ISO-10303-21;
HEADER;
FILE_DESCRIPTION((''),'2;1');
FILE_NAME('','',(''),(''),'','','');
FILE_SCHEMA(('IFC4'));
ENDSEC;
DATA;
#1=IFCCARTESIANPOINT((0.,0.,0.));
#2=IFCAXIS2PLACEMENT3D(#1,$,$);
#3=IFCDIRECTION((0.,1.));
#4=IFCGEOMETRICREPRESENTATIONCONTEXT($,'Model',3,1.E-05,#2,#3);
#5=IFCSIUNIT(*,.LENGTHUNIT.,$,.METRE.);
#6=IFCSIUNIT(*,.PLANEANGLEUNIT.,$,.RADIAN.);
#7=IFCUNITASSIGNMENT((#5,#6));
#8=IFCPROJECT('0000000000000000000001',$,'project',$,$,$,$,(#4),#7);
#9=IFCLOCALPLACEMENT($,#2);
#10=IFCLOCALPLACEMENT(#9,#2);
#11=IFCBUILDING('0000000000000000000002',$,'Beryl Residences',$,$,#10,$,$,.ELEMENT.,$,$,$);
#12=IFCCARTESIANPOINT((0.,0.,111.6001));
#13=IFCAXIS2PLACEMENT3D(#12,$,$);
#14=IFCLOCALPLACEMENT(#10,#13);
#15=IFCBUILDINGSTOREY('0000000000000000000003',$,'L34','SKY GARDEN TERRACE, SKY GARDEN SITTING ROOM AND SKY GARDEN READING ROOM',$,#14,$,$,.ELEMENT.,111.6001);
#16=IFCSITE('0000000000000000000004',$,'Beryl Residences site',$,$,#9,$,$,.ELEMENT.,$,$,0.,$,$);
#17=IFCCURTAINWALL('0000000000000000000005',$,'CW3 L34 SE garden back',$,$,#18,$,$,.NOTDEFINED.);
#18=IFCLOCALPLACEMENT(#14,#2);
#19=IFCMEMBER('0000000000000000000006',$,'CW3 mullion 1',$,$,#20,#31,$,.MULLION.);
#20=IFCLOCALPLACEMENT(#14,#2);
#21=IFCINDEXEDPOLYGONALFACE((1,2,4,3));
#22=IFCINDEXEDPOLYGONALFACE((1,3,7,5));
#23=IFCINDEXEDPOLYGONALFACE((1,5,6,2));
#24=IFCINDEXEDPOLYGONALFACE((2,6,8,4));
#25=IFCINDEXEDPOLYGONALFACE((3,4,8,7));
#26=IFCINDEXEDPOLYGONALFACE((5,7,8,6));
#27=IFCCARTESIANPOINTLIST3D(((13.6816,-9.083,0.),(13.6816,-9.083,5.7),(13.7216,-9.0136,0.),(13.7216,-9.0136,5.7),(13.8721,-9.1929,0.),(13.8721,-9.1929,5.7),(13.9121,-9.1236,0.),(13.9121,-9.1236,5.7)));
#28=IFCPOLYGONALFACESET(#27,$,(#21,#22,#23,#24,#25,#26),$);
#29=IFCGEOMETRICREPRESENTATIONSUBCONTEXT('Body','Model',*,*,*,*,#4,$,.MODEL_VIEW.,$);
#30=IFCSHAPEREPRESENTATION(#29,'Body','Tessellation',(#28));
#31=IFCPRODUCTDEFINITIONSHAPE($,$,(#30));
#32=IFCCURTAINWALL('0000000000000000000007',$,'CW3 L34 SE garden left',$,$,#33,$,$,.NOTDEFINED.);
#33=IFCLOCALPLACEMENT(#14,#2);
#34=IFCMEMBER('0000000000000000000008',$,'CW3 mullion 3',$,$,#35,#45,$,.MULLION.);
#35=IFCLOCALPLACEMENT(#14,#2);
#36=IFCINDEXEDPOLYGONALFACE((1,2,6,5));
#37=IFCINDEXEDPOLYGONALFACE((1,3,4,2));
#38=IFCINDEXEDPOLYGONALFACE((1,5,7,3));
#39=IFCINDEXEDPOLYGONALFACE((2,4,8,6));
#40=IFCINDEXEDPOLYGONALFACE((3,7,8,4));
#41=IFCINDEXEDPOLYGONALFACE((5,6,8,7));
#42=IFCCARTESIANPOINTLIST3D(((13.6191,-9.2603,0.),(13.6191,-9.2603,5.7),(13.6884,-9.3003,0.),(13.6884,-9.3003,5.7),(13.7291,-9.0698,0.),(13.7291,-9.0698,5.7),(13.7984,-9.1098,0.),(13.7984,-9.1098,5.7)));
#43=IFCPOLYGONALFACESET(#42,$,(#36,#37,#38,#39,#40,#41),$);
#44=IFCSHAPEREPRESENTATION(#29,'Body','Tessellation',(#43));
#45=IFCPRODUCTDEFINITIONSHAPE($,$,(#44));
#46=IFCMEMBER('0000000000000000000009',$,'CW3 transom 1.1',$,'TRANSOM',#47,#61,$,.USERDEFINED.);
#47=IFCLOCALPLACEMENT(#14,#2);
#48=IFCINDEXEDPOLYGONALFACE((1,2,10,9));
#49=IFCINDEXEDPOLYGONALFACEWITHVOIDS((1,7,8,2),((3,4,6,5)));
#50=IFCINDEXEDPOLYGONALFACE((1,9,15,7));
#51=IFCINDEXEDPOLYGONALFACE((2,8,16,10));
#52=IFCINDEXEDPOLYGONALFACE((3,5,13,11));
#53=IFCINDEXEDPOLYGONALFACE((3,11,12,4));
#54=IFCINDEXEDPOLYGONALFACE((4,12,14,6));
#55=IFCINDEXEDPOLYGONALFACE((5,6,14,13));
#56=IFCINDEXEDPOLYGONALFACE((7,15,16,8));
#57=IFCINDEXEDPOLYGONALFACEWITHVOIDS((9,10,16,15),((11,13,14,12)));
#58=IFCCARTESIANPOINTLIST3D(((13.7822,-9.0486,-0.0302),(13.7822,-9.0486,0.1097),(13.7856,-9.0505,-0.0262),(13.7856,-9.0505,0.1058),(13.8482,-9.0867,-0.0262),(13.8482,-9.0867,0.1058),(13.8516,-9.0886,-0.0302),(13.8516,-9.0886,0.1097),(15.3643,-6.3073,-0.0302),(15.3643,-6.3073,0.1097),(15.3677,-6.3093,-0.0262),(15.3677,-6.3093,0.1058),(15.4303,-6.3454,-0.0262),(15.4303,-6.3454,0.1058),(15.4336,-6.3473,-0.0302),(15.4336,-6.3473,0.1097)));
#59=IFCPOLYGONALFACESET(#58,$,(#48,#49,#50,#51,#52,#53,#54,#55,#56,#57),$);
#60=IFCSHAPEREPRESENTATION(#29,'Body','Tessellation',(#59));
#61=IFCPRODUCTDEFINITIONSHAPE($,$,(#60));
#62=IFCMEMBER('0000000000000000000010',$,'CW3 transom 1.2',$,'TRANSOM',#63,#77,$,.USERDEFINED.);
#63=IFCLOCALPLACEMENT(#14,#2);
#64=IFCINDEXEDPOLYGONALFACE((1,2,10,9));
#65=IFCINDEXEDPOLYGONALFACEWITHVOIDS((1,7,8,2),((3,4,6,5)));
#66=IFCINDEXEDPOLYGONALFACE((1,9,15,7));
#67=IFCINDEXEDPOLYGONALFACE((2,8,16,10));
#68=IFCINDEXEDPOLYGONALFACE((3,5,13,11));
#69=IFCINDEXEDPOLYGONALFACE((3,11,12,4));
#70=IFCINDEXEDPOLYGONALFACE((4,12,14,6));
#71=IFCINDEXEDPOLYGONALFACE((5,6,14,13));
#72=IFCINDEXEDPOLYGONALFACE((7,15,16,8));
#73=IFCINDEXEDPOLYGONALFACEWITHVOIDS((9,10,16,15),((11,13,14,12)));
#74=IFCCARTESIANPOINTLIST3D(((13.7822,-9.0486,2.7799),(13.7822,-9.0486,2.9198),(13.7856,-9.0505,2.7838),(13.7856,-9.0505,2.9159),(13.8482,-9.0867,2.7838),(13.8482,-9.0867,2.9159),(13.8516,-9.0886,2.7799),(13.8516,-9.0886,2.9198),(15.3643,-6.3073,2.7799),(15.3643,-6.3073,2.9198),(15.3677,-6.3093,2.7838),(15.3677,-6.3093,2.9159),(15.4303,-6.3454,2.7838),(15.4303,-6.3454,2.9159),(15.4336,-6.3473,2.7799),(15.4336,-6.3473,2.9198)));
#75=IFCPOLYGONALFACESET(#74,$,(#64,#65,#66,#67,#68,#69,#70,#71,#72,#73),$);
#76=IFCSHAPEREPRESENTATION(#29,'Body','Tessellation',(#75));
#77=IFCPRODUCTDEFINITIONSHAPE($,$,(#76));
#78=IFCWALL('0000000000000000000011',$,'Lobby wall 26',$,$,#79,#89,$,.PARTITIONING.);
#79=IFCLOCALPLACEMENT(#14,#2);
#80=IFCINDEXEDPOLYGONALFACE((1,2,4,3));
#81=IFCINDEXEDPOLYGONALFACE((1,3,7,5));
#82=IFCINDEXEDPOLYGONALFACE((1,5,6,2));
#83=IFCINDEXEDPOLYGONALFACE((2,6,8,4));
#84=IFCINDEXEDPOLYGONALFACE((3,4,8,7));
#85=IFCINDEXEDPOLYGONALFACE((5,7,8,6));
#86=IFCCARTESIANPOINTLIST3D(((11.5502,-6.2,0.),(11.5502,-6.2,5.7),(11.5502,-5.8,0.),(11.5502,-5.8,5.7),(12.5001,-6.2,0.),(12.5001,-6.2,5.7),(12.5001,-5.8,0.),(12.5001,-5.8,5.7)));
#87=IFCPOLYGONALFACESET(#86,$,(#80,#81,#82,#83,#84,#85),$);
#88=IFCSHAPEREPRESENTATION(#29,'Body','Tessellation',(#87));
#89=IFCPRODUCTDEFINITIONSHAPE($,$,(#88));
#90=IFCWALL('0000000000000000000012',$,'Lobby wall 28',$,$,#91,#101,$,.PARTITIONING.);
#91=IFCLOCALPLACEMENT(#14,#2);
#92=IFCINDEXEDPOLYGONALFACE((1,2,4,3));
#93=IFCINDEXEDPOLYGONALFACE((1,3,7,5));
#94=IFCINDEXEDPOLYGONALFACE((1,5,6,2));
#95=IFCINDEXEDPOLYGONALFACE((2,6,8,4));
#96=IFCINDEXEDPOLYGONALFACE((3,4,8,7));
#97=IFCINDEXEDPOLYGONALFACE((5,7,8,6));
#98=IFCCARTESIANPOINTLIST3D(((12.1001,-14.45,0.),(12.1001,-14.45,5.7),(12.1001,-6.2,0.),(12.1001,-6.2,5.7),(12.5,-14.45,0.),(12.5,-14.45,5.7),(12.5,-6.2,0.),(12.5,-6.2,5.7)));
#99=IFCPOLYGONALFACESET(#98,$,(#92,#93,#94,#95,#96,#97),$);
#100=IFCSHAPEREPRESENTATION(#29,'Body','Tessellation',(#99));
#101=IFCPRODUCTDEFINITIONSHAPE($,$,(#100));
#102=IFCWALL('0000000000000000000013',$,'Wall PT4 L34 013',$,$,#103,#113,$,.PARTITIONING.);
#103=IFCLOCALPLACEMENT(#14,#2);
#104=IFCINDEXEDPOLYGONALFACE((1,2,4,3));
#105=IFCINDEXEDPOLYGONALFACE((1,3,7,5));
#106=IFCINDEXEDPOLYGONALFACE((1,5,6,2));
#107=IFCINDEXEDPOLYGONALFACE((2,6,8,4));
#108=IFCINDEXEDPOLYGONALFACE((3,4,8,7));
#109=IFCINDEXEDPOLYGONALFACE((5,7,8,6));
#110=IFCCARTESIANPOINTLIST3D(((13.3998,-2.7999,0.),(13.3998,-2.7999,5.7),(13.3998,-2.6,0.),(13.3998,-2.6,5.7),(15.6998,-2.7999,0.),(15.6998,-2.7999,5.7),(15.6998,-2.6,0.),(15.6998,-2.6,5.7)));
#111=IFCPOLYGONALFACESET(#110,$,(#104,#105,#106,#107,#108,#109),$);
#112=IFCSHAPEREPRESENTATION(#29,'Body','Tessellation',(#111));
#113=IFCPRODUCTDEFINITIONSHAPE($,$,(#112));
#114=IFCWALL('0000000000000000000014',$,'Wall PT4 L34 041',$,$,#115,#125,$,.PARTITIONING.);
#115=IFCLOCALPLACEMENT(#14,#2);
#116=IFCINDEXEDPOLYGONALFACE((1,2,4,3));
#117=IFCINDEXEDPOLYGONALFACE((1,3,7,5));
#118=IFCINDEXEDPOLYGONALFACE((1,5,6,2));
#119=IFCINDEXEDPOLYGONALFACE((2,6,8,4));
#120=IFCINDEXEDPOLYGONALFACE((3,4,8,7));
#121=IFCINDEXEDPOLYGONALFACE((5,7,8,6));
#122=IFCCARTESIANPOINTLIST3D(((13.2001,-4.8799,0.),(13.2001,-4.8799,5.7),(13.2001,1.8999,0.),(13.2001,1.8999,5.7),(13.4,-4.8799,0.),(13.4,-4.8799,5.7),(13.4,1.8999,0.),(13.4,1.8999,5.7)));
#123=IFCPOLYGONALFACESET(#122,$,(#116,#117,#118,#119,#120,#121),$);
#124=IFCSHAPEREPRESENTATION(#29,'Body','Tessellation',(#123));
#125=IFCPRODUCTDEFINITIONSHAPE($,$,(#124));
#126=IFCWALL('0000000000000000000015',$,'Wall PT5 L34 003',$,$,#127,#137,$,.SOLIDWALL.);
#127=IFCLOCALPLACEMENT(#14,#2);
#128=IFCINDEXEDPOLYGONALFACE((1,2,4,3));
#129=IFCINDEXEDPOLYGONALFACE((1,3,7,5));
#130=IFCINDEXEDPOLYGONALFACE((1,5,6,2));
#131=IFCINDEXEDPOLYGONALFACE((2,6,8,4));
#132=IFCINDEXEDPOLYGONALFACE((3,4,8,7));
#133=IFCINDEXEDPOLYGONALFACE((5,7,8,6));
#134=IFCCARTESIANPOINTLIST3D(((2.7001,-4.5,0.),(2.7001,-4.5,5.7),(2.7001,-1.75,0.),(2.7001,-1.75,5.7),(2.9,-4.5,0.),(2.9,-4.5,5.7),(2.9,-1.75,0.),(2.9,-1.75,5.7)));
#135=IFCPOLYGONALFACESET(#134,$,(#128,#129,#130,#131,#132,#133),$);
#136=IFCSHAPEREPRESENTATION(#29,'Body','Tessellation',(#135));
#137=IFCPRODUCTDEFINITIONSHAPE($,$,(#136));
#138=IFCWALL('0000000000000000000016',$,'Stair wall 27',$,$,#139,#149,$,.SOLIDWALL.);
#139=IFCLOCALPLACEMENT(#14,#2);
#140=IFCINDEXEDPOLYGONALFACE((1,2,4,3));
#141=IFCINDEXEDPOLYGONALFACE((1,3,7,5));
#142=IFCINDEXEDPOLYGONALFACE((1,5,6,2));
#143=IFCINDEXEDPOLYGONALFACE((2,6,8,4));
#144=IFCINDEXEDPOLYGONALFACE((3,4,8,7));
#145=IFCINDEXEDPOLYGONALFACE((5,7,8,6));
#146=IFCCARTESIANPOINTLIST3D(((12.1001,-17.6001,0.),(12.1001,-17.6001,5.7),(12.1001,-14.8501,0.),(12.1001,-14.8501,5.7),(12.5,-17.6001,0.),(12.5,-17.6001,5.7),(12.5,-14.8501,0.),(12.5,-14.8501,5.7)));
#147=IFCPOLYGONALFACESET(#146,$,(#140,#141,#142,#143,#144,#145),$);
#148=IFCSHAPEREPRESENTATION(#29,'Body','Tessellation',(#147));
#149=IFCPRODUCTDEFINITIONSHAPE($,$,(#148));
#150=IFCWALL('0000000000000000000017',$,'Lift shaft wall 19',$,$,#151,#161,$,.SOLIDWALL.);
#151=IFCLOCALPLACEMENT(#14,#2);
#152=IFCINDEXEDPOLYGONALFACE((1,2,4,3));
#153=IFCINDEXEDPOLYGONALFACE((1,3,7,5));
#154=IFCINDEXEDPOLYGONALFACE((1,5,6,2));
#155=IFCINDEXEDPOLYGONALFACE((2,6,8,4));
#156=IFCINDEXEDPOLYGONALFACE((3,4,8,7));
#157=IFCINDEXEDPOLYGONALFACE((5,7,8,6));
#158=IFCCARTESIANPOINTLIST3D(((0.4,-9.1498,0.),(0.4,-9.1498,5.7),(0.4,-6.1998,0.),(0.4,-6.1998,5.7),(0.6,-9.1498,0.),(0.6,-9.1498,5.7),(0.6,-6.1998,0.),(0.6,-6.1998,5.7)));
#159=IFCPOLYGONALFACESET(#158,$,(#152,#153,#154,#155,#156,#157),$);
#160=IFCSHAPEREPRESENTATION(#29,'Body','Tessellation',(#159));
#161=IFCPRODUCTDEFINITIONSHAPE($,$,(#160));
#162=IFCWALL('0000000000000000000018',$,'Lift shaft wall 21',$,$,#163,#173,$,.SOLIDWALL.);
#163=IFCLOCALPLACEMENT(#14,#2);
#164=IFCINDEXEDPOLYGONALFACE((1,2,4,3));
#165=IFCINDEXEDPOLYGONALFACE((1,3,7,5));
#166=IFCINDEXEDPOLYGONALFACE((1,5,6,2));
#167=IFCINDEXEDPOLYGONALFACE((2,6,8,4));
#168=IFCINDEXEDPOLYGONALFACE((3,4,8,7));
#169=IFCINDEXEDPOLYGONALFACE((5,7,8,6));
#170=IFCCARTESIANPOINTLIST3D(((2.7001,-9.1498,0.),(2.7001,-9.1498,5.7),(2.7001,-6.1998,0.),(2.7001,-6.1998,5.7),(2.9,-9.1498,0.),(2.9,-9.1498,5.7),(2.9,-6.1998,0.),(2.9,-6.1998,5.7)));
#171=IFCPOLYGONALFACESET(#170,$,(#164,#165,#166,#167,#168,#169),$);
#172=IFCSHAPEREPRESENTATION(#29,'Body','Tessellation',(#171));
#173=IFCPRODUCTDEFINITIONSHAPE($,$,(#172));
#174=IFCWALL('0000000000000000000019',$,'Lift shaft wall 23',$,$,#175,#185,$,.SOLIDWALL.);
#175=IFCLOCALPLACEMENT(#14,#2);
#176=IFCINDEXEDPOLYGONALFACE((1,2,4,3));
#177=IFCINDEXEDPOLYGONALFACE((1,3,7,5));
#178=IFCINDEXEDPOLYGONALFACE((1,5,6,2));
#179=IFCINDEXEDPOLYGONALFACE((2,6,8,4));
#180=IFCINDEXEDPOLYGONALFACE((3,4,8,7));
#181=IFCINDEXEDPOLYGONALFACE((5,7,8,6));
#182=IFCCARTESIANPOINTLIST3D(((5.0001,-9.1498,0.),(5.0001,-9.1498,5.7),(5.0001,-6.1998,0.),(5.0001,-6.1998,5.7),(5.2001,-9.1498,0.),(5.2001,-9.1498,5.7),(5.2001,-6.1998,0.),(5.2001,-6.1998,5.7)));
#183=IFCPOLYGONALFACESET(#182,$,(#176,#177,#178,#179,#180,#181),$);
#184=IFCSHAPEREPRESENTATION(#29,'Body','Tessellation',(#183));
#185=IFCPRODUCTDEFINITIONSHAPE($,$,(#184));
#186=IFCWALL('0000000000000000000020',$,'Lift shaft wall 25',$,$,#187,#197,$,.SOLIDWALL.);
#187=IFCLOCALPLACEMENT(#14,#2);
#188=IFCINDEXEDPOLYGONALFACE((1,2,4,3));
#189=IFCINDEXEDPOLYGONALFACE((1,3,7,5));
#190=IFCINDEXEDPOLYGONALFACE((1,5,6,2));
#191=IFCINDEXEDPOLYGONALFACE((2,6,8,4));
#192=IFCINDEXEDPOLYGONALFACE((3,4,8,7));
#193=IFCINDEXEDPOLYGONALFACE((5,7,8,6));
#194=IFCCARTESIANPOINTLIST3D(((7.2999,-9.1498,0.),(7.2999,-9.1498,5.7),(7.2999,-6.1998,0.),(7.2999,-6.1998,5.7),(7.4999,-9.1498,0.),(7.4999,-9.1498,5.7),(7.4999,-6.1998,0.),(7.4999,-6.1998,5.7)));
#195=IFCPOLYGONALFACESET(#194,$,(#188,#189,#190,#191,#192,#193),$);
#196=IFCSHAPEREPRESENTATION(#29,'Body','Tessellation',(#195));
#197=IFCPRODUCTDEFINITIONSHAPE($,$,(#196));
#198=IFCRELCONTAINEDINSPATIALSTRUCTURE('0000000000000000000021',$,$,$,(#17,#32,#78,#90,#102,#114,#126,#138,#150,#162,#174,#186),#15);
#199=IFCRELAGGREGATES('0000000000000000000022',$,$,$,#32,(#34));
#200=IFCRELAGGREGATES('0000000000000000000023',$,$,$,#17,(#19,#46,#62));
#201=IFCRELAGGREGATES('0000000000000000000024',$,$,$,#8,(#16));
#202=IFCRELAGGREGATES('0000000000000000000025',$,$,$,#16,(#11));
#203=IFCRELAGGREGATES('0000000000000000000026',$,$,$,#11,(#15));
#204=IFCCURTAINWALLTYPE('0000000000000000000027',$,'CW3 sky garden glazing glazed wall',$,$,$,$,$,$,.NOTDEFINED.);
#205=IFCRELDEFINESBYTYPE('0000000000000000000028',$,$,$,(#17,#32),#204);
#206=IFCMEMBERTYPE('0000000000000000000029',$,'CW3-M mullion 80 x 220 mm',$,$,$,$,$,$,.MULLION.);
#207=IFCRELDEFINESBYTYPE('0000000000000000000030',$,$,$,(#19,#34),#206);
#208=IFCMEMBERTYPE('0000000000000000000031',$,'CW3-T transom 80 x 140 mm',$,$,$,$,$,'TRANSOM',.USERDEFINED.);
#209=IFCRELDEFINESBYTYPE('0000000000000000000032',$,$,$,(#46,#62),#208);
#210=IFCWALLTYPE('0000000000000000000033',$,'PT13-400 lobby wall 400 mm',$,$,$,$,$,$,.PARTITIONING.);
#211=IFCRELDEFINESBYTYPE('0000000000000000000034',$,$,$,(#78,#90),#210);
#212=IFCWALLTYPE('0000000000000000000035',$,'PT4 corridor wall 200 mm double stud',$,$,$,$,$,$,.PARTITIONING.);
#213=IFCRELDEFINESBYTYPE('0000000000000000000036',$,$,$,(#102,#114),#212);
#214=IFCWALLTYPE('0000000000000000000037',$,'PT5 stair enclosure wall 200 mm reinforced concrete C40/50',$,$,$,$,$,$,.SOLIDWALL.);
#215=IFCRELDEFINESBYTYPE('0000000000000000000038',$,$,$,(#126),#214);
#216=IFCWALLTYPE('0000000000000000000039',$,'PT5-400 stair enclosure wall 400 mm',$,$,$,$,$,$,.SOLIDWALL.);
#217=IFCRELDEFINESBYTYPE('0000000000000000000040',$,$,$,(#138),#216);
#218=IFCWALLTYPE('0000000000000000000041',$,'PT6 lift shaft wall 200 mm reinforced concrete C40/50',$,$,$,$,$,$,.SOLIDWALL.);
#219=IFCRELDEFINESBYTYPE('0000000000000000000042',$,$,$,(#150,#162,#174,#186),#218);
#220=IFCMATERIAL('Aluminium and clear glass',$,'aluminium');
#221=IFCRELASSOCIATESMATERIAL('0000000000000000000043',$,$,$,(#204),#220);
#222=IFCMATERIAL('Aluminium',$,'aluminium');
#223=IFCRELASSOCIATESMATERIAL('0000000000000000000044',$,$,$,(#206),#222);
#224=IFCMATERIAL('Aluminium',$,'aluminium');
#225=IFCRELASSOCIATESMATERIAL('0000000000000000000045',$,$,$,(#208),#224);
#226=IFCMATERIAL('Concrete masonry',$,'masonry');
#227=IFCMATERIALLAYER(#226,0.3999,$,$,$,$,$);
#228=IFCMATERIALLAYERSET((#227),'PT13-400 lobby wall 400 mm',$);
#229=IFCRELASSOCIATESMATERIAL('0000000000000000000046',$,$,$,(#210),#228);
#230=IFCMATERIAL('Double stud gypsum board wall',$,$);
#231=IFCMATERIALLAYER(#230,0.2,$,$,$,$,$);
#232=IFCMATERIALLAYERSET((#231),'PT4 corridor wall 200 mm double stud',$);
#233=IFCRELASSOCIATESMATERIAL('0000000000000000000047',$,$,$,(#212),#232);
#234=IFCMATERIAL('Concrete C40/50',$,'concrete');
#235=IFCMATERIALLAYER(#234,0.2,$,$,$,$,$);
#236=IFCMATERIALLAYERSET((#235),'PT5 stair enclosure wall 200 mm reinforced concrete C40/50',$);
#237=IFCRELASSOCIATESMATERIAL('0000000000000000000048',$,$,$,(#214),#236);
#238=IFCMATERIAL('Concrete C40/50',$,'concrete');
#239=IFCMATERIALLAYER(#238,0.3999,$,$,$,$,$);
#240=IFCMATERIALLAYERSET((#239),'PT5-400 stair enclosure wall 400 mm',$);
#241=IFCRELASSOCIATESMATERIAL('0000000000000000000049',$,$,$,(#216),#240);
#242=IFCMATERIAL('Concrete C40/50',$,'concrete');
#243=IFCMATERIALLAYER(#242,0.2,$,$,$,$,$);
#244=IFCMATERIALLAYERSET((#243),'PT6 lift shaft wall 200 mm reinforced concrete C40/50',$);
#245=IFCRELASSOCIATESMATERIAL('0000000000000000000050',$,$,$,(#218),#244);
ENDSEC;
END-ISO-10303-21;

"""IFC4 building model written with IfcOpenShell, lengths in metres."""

from ifc_helpers import new_model, si_unit, direction, frame, frame_2d, origin, origin_2d, place, context, subcontext, project, spatial, rectangle, hollow_rectangle, extrude, material, layer, layer_set, material_profile, profile_set, type_object, element, aggregate, save


model = new_model("IFC4")

# Units and contexts
model_context = context("Model", 3, precision=1e-05, world=origin(), true_north=direction((0.0, 1.0)))
body_context = subcontext(model_context, "Body", "Model", "MODEL_VIEW")
ifc_project = project(units=[si_unit("LENGTHUNIT", "METRE"), si_unit("PLANEANGLEUNIT", "RADIAN")], contexts=[model_context])

# Site, building, storey
site_placement = place(None, origin())
site = spatial("IfcSite", under=ifc_project, at=site_placement, Name="Beryl Residences site", CompositionType="ELEMENT", RefElevation=0.0)
building_placement = place(site_placement, origin())
building = spatial("IfcBuilding", under=site, at=building_placement, Name="Beryl Residences", CompositionType="ELEMENT")
storey_placement = place(building_placement, frame((0.0, 0.0, 111.6001)))
storey = spatial("IfcBuildingStorey", under=building, at=storey_placement, Name="L34", Description="SKY GARDEN TERRACE, SKY GARDEN SITTING ROOM AND SKY GARDEN READING ROOM", CompositionType="ELEMENT", Elevation=111.6001)

# Curtain walls, members
ifc_material_1 = material(Name="Aluminium and clear glass", Category="aluminium")
curtain_wall_type = type_object("IfcCurtainWallType", Name="CW3 sky garden glazing glazed wall", PredefinedType="NOTDEFINED", material=ifc_material_1)
curtain_wall_1_placement = place(storey_placement, origin())
curtain_wall_1 = element("IfcCurtainWall", 1, at=curtain_wall_1_placement, inside=storey, type_object=curtain_wall_type, Name="CW3 L34 SE garden back", PredefinedType="NOTDEFINED")
ifc_material_2 = material(Name="Aluminium", Category="aluminium")
ifc_material_profile_1 = material_profile(ifc_material_2, rectangle(XDim=0.0801, YDim=0.22, at=origin_2d()))
ifc_profile_set_1 = profile_set([ifc_material_profile_1], Name="Aluminium")
member_type_1 = type_object("IfcMemberType", Name="CW3-M mullion 80 x 220 mm", PredefinedType="MULLION", material=ifc_profile_set_1)
member_1_placement = place(storey_placement, frame((13.7969, -9.1033, 0.0), z_axis=(0.0, 0.0, 1.0), x_axis=(0.499827, 0.866125, 0.0)))
member_1 = element("IfcMember", 2, at=member_1_placement, type_object=member_type_1, Name="CW3 mullion 1", PredefinedType="MULLION", context=body_context, shape_type="SweptSolid", body=[
    extrude(rectangle(XDim=0.0801, YDim=0.22, at=origin_2d()), origin(), (0.0, 0.0, 1.0), 5.7),
])
curtain_wall_2_placement = place(storey_placement, origin())
curtain_wall_2 = element("IfcCurtainWall", 3, at=curtain_wall_2_placement, inside=storey, type_object=curtain_wall_type, Name="CW3 L34 SE garden left", PredefinedType="NOTDEFINED")
member_2_placement = place(storey_placement, frame((13.7087, -9.1851, 0.0), z_axis=(0.0, 0.0, 1.0), x_axis=(-0.866008, 0.500031, 0.0)))
member_2 = element("IfcMember", 4, at=member_2_placement, type_object=member_type_1, Name="CW3 mullion 3", PredefinedType="MULLION", context=body_context, shape_type="SweptSolid", body=[
    extrude(rectangle(XDim=0.0801, YDim=0.22, at=origin_2d()), origin(), (0.0, 0.0, 1.0), 5.7),
])
aggregate(curtain_wall_2, [member_2])

# Members
ifc_material_3 = material(Name="Aluminium", Category="aluminium")
ifc_material_profile_2 = material_profile(ifc_material_3, hollow_rectangle(XDim=0.0801, YDim=0.1399, WallThickness=0.0039, at=origin_2d()))
ifc_profile_set_2 = profile_set([ifc_material_profile_2], Name="Aluminium")
member_type_2 = type_object("IfcMemberType", Name="CW3-T transom 80 x 140 mm", ElementType="TRANSOM", PredefinedType="USERDEFINED", material=ifc_profile_set_2)
member_3_placement = place(storey_placement, frame((13.8169, -9.0686, 0.0398), z_axis=(0.499856, 0.866109, 0.0), x_axis=(-0.866109, 0.499856, 0.0)))
member_3 = element("IfcMember", 5, at=member_3_placement, type_object=member_type_2, Name="CW3 transom 1.1", ObjectType="TRANSOM", PredefinedType="USERDEFINED", context=body_context, shape_type="SweptSolid", body=[
    extrude(hollow_rectangle(XDim=0.0801, YDim=0.1399, WallThickness=0.0039, at=origin_2d()), origin(), (0.0, 0.0, 1.0), 3.165),
])
member_4_placement = place(storey_placement, frame((13.8169, -9.0686, 2.8499), z_axis=(0.499856, 0.866109, 0.0), x_axis=(-0.866109, 0.499856, 0.0)))
member_4 = element("IfcMember", 6, at=member_4_placement, type_object=member_type_2, Name="CW3 transom 1.2", ObjectType="TRANSOM", PredefinedType="USERDEFINED", context=body_context, shape_type="SweptSolid", body=[
    extrude(hollow_rectangle(XDim=0.0801, YDim=0.1399, WallThickness=0.0039, at=origin_2d()), origin(), (0.0, 0.0, 1.0), 3.165),
])
aggregate(curtain_wall_1, [member_1, member_3, member_4])

# Walls
ifc_material_4 = material(Name="Concrete masonry", Category="masonry")
ifc_layer_1 = layer(ifc_material_4, 0.3999)
ifc_layer_set_1 = layer_set([ifc_layer_1], Name="PT13-400 lobby wall 400 mm")
wall_type_1 = type_object("IfcWallType", Name="PT13-400 lobby wall 400 mm", PredefinedType="PARTITIONING", material=ifc_layer_set_1)
wall_1_placement = place(storey_placement, frame((11.55, -6.0, 0.0), z_axis=(0.0, 0.0, 1.0), x_axis=(1.0, 0.0, 0.0)))
element("IfcWall", 7, at=wall_1_placement, inside=storey, type_object=wall_type_1, Name="Lobby wall 26", PredefinedType="PARTITIONING", context=body_context, shape_type="SweptSolid", body=[
    extrude(rectangle(XDim=0.95, YDim=0.3999, at=frame_2d((0.4751, 0.0))), origin(), (0.0, 0.0, 1.0), 5.7),
])
wall_2_placement = place(storey_placement, frame((12.3, -14.45, 0.0), z_axis=(0.0, 0.0, 1.0), x_axis=(0.0, 1.0, 0.0)))
element("IfcWall", 8, at=wall_2_placement, inside=storey, type_object=wall_type_1, Name="Lobby wall 28", PredefinedType="PARTITIONING", context=body_context, shape_type="SweptSolid", body=[
    extrude(rectangle(XDim=8.25, YDim=0.3999, at=frame_2d((4.125, 0.0))), origin(), (0.0, 0.0, 1.0), 5.7),
])
ifc_material_5 = material(Name="Double stud gypsum board wall")
ifc_layer_2 = layer(ifc_material_5, 0.2)
ifc_layer_set_2 = layer_set([ifc_layer_2], Name="PT4 corridor wall 200 mm double stud")
wall_type_2 = type_object("IfcWallType", Name="PT4 corridor wall 200 mm double stud", PredefinedType="PARTITIONING", material=ifc_layer_set_2)
wall_3_placement = place(storey_placement, frame((13.3999, -2.7, 0.0), z_axis=(0.0, 0.0, 1.0), x_axis=(1.0, 0.0, 0.0)))
element("IfcWall", 9, at=wall_3_placement, inside=storey, type_object=wall_type_2, Name="Wall PT4 L34 013", PredefinedType="PARTITIONING", context=body_context, shape_type="SweptSolid", body=[
    extrude(rectangle(XDim=2.3, YDim=0.2, at=frame_2d((1.1499, 0.0))), origin(), (0.0, 0.0, 1.0), 5.7),
])
wall_4_placement = place(storey_placement, frame((13.3, -4.8799, 0.0), z_axis=(0.0, 0.0, 1.0), x_axis=(0.0, 1.0, 0.0)))
element("IfcWall", 10, at=wall_4_placement, inside=storey, type_object=wall_type_2, Name="Wall PT4 L34 041", PredefinedType="PARTITIONING", context=body_context, shape_type="SweptSolid", body=[
    extrude(rectangle(XDim=6.7798, YDim=0.2, at=frame_2d((3.3899, 0.0))), origin(), (0.0, 0.0, 1.0), 5.7),
])
ifc_material_6 = material(Name="Concrete C40/50", Category="concrete")
ifc_layer_3 = layer(ifc_material_6, 0.2)
ifc_layer_set_3 = layer_set([ifc_layer_3], Name="PT5 stair enclosure wall 200 mm reinforced concrete C40/50")
wall_type_3 = type_object("IfcWallType", Name="PT5 stair enclosure wall 200 mm reinforced concrete C40/50", PredefinedType="SOLIDWALL", material=ifc_layer_set_3)
wall_5_placement = place(storey_placement, frame((2.8, -4.5, 0.0), z_axis=(0.0, 0.0, 1.0), x_axis=(0.0, 1.0, 0.0)))
element("IfcWall", 11, at=wall_5_placement, inside=storey, type_object=wall_type_3, Name="Wall PT5 L34 003", PredefinedType="SOLIDWALL", context=body_context, shape_type="SweptSolid", body=[
    extrude(rectangle(XDim=2.75, YDim=0.2, at=frame_2d((1.375, 0.0))), origin(), (0.0, 0.0, 1.0), 5.7),
])
ifc_material_7 = material(Name="Concrete C40/50", Category="concrete")
ifc_layer_4 = layer(ifc_material_7, 0.3999)
ifc_layer_set_4 = layer_set([ifc_layer_4], Name="PT5-400 stair enclosure wall 400 mm")
wall_type_4 = type_object("IfcWallType", Name="PT5-400 stair enclosure wall 400 mm", PredefinedType="SOLIDWALL", material=ifc_layer_set_4)
wall_6_placement = place(storey_placement, frame((12.3, -17.6001, 0.0), z_axis=(0.0, 0.0, 1.0), x_axis=(0.0, 1.0, 0.0)))
element("IfcWall", 12, at=wall_6_placement, inside=storey, type_object=wall_type_4, Name="Stair wall 27", PredefinedType="SOLIDWALL", context=body_context, shape_type="SweptSolid", body=[
    extrude(rectangle(XDim=2.75, YDim=0.3999, at=frame_2d((1.375, 0.0))), origin(), (0.0, 0.0, 1.0), 5.7),
])
ifc_material_8 = material(Name="Concrete C40/50", Category="concrete")
ifc_layer_5 = layer(ifc_material_8, 0.2)
ifc_layer_set_5 = layer_set([ifc_layer_5], Name="PT6 lift shaft wall 200 mm reinforced concrete C40/50")
wall_type_5 = type_object("IfcWallType", Name="PT6 lift shaft wall 200 mm reinforced concrete C40/50", PredefinedType="SOLIDWALL", material=ifc_layer_set_5)
for number, where, z_axis, x_axis, name in (
    (13, (0.5, -9.1499, 0.0), (0.0, 0.0, 1.0), (0.0, 1.0, 0.0), "Lift shaft wall 19"),
    (14, (2.8, -9.1499, 0.0), (0.0, 0.0, 1.0), (0.0, 1.0, 0.0), "Lift shaft wall 21"),
    (15, (5.1001, -9.1499, 0.0), (0.0, 0.0, 1.0), (0.0, 1.0, 0.0), "Lift shaft wall 23"),
    (16, (7.3999, -9.1499, 0.0), (0.0, 0.0, 1.0), (0.0, 1.0, 0.0), "Lift shaft wall 25"),
):
    element("IfcWall", number, at=place(storey_placement, frame(where, z_axis=z_axis, x_axis=x_axis)), inside=storey, type_object=wall_type_5, Name=name, PredefinedType="SOLIDWALL", context=body_context, shape_type="SweptSolid", body=[
        extrude(rectangle(XDim=2.95, YDim=0.2, at=frame_2d((1.4751, 0.0))), origin(), (0.0, 0.0, 1.0), 5.7),
    ])

save(model, "model.ifc")
